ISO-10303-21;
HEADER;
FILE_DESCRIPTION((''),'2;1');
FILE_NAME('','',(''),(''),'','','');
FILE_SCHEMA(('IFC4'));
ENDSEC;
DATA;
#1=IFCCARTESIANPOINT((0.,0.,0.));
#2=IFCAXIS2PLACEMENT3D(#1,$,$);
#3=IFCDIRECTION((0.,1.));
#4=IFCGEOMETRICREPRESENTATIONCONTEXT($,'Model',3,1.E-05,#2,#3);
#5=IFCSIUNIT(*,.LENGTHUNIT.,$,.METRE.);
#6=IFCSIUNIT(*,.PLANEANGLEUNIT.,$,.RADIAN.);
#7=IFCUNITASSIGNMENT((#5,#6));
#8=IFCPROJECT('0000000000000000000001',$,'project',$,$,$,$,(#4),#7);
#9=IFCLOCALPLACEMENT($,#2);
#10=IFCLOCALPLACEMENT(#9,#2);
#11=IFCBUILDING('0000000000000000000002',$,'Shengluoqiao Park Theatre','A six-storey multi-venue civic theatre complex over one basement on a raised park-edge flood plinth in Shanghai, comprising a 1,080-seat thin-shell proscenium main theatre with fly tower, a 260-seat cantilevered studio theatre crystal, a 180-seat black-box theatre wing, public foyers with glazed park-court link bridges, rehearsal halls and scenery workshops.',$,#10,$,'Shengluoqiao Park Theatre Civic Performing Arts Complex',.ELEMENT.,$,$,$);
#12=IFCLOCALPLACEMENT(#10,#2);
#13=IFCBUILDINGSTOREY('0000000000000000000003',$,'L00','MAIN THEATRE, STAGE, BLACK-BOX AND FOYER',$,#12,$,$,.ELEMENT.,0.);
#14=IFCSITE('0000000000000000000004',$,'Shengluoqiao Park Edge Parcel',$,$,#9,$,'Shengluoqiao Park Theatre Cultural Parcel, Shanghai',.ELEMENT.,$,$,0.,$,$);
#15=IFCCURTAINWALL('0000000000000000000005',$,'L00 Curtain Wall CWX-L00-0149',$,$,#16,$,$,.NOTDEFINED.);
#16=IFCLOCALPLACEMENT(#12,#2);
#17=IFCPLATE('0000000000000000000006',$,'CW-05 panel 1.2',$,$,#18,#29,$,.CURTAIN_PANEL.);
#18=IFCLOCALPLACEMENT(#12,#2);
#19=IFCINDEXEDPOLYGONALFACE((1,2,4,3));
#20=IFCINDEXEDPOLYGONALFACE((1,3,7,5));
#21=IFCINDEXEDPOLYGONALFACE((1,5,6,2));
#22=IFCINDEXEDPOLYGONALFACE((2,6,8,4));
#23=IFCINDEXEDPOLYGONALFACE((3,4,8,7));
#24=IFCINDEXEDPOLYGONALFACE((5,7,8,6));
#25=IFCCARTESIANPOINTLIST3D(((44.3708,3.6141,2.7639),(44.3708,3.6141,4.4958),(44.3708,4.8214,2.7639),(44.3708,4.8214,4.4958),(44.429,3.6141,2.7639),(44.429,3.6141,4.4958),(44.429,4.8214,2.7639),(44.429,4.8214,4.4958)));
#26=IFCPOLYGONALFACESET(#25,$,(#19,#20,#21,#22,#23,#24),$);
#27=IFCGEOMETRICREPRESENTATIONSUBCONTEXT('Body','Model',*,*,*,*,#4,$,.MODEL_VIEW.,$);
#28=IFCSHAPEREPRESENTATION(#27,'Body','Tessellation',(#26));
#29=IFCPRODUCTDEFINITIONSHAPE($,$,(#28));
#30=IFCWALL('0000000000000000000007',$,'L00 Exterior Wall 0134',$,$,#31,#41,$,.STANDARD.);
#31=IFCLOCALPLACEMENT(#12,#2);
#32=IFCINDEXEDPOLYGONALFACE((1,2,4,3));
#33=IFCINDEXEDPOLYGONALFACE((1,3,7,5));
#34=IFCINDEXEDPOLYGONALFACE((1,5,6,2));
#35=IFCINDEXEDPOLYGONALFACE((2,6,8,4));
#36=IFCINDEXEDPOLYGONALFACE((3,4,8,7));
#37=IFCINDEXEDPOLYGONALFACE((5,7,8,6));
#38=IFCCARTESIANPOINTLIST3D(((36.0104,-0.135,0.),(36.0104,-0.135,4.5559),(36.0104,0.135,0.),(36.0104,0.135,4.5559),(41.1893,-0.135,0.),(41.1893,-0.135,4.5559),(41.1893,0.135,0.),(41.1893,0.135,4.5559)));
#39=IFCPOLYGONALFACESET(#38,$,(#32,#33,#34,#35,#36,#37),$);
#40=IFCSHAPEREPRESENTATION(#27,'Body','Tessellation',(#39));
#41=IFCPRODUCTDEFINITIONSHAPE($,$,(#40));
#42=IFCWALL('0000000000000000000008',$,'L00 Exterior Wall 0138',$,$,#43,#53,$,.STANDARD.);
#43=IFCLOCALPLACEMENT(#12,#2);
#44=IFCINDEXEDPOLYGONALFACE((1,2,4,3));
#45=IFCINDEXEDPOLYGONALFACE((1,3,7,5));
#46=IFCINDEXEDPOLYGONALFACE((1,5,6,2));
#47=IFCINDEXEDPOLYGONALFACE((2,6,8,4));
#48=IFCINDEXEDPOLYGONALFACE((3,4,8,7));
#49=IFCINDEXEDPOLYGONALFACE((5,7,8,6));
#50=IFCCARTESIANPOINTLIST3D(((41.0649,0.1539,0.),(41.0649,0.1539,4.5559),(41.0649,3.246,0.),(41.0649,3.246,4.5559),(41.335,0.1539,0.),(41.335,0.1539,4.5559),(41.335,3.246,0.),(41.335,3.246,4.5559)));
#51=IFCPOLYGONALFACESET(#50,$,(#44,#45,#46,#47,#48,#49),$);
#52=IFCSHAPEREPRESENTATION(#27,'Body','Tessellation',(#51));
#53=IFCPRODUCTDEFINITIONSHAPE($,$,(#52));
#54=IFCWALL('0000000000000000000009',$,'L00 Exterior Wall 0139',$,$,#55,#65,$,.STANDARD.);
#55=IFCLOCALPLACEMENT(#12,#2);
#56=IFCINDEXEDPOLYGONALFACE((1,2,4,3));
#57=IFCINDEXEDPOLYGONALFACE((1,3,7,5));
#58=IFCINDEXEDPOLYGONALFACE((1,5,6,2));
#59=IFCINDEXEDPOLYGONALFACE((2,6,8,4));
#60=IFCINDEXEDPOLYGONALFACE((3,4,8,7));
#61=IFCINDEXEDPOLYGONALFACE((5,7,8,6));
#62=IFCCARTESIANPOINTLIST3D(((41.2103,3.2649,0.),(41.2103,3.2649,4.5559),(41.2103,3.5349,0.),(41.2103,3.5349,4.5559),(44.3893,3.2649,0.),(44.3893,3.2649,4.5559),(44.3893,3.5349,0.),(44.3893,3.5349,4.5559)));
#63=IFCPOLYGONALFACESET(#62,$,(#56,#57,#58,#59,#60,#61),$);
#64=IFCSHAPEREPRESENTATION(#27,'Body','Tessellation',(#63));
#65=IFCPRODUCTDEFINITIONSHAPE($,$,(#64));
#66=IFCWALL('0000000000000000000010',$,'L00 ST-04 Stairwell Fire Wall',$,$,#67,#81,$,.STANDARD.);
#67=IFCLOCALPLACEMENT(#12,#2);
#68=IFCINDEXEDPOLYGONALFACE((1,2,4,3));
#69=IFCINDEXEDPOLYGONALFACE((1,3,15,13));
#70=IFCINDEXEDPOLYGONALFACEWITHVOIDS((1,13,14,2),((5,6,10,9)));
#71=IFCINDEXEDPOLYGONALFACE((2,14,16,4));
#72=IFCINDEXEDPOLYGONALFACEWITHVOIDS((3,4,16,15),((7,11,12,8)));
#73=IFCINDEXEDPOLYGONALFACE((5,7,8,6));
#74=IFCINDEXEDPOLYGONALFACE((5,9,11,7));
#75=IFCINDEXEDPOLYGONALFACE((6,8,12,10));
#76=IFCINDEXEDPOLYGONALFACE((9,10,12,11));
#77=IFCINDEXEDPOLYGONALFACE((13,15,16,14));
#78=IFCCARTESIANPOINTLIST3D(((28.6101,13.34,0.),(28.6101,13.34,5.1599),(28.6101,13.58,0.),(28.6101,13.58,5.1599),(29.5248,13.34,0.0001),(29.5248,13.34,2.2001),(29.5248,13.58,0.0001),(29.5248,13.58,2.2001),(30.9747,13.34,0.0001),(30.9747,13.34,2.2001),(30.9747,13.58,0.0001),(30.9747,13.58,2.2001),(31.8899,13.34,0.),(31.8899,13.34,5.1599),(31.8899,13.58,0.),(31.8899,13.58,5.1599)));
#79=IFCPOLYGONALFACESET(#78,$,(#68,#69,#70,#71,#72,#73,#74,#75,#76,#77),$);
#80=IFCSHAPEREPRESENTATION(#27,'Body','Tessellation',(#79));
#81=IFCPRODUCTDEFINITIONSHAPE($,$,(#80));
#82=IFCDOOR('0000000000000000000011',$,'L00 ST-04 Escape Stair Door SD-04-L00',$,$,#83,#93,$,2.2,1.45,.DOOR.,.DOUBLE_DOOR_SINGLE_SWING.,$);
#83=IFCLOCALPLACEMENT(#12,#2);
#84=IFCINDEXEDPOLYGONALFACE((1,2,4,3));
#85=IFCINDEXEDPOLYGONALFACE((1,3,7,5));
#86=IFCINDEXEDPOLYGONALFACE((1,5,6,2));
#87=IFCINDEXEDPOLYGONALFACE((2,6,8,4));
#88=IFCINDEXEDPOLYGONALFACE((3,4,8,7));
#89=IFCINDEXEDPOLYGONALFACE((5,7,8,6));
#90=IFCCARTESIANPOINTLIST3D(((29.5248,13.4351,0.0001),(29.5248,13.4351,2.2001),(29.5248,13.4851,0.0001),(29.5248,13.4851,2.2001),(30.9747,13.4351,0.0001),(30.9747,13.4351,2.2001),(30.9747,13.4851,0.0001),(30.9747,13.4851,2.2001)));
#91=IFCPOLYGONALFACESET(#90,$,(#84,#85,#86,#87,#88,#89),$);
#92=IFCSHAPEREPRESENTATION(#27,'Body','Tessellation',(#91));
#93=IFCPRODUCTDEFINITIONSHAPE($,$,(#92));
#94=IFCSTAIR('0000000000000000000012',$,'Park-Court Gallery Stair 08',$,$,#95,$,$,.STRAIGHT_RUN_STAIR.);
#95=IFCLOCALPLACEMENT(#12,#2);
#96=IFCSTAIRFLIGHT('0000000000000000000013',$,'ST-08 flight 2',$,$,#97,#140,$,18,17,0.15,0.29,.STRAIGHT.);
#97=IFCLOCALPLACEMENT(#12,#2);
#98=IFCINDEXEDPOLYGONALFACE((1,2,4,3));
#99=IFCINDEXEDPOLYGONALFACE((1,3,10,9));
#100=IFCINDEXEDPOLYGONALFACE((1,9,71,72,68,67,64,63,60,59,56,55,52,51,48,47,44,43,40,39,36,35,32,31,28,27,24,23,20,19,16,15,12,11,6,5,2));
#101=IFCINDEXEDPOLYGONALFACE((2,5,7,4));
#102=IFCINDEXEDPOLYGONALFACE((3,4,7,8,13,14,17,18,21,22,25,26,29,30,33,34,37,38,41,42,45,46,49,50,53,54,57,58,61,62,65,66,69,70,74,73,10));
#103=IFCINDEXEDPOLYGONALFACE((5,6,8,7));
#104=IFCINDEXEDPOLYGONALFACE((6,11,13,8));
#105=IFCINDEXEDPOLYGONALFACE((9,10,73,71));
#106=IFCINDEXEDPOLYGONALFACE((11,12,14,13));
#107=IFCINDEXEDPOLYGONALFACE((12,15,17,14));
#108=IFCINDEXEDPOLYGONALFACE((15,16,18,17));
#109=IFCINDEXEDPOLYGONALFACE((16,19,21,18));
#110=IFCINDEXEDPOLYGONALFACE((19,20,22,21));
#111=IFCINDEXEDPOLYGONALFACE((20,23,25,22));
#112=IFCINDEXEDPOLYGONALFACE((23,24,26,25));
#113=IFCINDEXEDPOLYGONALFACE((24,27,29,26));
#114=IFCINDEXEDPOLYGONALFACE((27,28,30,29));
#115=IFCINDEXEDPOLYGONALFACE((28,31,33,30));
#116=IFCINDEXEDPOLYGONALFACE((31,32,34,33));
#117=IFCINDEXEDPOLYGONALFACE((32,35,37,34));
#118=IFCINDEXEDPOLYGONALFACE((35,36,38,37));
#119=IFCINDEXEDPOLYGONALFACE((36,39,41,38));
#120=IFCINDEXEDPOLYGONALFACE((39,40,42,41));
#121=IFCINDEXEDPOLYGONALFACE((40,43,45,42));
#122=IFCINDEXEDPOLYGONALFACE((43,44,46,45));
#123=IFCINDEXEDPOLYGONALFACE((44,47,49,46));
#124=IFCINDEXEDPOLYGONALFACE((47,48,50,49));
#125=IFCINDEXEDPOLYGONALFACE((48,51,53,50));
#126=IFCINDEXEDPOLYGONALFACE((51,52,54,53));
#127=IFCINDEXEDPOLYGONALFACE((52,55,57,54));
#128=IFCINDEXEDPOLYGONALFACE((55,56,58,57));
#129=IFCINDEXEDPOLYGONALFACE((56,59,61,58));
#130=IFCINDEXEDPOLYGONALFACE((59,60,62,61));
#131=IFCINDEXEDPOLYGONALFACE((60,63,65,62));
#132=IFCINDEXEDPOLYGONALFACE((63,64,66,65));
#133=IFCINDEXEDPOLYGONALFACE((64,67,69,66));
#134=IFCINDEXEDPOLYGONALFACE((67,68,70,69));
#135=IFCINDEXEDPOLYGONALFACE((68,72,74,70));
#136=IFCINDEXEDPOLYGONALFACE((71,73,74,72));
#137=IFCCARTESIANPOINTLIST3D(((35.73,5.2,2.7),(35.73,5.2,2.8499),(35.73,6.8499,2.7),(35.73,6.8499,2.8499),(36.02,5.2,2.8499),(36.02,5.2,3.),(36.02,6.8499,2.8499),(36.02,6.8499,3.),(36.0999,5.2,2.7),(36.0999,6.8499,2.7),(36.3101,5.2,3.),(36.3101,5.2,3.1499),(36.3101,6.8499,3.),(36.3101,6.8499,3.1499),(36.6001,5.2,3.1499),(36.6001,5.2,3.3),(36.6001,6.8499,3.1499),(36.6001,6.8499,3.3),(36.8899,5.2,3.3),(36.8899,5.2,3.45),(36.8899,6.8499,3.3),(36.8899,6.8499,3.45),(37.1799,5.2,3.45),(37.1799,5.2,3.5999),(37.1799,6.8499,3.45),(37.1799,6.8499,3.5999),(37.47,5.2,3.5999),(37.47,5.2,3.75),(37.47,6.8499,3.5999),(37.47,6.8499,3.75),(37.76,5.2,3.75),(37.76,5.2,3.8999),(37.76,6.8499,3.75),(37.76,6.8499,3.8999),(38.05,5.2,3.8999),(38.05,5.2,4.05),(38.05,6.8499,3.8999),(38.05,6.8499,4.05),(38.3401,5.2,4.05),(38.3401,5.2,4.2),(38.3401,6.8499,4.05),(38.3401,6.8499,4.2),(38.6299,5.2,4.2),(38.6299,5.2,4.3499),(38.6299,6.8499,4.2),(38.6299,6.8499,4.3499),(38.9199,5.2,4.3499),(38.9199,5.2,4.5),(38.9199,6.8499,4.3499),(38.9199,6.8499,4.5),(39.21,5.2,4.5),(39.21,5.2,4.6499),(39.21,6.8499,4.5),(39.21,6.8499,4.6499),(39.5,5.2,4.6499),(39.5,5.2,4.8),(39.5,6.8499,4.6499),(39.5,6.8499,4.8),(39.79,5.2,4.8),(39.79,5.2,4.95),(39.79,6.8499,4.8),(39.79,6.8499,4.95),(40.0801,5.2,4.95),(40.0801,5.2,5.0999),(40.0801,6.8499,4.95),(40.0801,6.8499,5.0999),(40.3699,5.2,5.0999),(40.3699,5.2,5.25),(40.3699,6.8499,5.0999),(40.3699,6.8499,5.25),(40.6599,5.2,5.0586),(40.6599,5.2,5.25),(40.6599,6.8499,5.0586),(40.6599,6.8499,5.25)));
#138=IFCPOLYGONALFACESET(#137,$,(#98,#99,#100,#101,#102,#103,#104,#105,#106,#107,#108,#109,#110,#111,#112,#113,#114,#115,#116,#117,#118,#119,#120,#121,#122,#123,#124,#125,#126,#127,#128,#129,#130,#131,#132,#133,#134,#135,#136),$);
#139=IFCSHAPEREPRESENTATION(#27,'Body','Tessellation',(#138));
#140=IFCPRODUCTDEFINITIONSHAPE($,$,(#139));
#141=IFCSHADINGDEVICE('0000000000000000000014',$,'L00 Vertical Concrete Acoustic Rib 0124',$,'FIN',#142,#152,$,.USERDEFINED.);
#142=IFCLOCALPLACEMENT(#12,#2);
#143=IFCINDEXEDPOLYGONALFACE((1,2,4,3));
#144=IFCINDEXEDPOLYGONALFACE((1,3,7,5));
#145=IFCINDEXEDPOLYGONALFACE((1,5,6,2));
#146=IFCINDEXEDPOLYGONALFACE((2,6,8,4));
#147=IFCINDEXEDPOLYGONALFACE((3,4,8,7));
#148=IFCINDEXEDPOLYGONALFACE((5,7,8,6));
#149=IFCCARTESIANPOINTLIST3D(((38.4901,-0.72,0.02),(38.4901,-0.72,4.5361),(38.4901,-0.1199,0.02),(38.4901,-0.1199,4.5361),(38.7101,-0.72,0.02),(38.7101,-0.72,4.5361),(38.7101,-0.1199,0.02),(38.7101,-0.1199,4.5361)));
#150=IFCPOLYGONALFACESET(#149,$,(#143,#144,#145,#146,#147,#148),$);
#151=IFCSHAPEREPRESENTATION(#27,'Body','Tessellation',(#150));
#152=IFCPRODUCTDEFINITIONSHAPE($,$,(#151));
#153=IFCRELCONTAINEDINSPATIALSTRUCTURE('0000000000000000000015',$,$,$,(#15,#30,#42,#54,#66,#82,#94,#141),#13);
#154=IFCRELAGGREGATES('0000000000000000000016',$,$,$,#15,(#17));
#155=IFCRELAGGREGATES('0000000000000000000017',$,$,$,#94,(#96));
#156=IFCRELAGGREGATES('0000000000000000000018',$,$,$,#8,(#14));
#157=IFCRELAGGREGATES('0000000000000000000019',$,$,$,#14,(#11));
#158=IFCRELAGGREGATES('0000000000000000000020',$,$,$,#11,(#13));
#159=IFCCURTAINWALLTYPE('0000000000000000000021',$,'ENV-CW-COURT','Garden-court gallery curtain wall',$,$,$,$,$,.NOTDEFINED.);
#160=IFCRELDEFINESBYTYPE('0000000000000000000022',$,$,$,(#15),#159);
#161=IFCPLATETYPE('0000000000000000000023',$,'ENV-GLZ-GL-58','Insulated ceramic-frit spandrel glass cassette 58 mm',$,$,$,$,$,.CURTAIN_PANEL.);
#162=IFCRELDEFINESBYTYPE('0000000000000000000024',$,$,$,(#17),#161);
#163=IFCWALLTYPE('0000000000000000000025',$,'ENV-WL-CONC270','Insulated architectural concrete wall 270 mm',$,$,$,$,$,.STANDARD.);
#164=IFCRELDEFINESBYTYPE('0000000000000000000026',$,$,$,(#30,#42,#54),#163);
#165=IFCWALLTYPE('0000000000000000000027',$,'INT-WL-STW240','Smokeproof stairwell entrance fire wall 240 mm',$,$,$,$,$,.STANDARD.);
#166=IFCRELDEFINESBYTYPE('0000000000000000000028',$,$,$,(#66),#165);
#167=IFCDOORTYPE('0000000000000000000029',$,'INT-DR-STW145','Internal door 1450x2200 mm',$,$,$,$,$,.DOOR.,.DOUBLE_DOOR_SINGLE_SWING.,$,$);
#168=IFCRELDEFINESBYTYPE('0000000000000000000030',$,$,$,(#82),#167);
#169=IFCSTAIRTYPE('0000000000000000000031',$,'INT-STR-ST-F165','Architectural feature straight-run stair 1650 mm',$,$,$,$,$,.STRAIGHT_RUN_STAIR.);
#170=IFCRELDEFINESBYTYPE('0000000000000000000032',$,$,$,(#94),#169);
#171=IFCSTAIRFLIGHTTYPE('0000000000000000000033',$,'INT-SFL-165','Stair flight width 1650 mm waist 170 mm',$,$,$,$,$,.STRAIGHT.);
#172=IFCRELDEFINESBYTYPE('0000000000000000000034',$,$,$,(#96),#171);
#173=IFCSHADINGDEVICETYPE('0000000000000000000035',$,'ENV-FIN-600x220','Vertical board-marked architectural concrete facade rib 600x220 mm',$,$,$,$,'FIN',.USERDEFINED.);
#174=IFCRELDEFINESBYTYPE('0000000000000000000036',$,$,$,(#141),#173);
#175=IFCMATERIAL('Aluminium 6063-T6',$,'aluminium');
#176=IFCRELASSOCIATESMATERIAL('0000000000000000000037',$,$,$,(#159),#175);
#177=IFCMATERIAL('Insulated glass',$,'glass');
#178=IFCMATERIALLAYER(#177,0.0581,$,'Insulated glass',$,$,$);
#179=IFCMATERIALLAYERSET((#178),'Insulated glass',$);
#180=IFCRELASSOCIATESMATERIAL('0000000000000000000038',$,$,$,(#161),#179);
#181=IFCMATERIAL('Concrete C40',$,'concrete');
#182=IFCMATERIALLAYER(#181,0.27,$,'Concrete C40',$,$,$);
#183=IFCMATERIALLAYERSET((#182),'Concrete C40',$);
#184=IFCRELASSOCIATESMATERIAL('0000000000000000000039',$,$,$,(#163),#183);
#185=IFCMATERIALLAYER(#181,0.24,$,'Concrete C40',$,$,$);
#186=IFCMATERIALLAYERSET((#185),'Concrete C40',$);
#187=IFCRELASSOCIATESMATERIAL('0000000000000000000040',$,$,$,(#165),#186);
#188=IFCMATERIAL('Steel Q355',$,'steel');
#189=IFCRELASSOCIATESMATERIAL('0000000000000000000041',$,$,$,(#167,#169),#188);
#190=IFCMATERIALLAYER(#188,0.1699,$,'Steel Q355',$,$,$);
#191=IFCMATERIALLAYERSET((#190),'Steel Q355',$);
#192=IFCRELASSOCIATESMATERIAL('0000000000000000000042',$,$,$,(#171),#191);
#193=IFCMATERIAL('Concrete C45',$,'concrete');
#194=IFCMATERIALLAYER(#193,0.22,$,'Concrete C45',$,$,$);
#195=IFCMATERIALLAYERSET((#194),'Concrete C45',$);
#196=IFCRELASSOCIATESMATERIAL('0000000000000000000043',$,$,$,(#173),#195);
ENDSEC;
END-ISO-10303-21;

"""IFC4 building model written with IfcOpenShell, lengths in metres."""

from ifc_helpers import new_model, si_unit, direction, frame, frame_2d, origin, origin_2d, place, context, subcontext, project, spatial, polyline, rectangle, outline, extrude, material, layer, layer_set, type_object, element, fill, aggregate, save


model = new_model("IFC4")

# Units and contexts
model_context = context("Model", 3, precision=1e-05, world=origin(), true_north=direction((0.0, 1.0)))
body_context = subcontext(model_context, "Body", "Model", "MODEL_VIEW")
ifc_project = project(units=[si_unit("LENGTHUNIT", "METRE"), si_unit("PLANEANGLEUNIT", "RADIAN")], contexts=[model_context])

# Site, building, storey
site_placement = place(None, origin())
site = spatial("IfcSite", under=ifc_project, at=site_placement, Name="Shengluoqiao Park Edge Parcel", LongName="Shengluoqiao Park Theatre Cultural Parcel, Shanghai", CompositionType="ELEMENT", RefElevation=0.0)
building_placement = place(site_placement, origin())
building = spatial("IfcBuilding", under=site, at=building_placement, Name="Shengluoqiao Park Theatre", Description="A six-storey multi-venue civic theatre complex over one basement on a raised park-edge flood plinth in Shanghai, comprising a 1,080-seat thin-shell proscenium main theatre with fly tower, a 260-seat cantilevered studio theatre crystal, a 180-seat black-box theatre wing, public foyers with glazed park-court link bridges, rehearsal halls and scenery workshops.", LongName="Shengluoqiao Park Theatre Civic Performing Arts Complex", CompositionType="ELEMENT")
storey_placement = place(building_placement, origin())
storey = spatial("IfcBuildingStorey", under=building, at=storey_placement, Name="L00", Description="MAIN THEATRE, STAGE, BLACK-BOX AND FOYER", CompositionType="ELEMENT", Elevation=0.0)

# Shared definitions
ifc_material_1 = material(Name="Steel Q355", Category="steel")

# Curtain wall
ifc_material_2 = material(Name="Aluminium 6063-T6", Category="aluminium")
curtain_wall_type = type_object("IfcCurtainWallType", Name="ENV-CW-COURT", Description="Garden-court gallery curtain wall", PredefinedType="NOTDEFINED", material=ifc_material_2)
curtain_wall_placement = place(storey_placement, origin())
curtain_wall = element("IfcCurtainWall", 1, at=curtain_wall_placement, inside=storey, type_object=curtain_wall_type, Name="L00 Curtain Wall CWX-L00-0149", PredefinedType="NOTDEFINED")

# Plate
ifc_material_3 = material(Name="Insulated glass", Category="glass")
ifc_layer_1 = layer(ifc_material_3, 0.0581, Name="Insulated glass")
ifc_layer_set_1 = layer_set([ifc_layer_1], Name="Insulated glass")
plate_type = type_object("IfcPlateType", Name="ENV-GLZ-GL-58", Description="Insulated ceramic-frit spandrel glass cassette 58 mm", PredefinedType="CURTAIN_PANEL", material=ifc_layer_set_1)
plate_1_placement = place(storey_placement, frame((44.3999, 4.2178, 2.7639), z_axis=(0.0, 0.0, 1.0), x_axis=(0.0, 1.0, 0.0)))
plate_1 = element("IfcPlate", 2, at=plate_1_placement, type_object=plate_type, Name="CW-05 panel 1.2", PredefinedType="CURTAIN_PANEL", context=body_context, shape_type="SweptSolid", body=[
    extrude(rectangle(XDim=1.2073, YDim=0.0581, at=origin_2d()), origin(), (0.0, 0.0, 1.0), 1.7319),
])
aggregate(curtain_wall, [plate_1])

# Walls
ifc_material_4 = material(Name="Concrete C40", Category="concrete")
ifc_layer_2 = layer(ifc_material_4, 0.27, Name="Concrete C40")
ifc_layer_set_2 = layer_set([ifc_layer_2], Name="Concrete C40")
wall_type_1 = type_object("IfcWallType", Name="ENV-WL-CONC270", Description="Insulated architectural concrete wall 270 mm", PredefinedType="STANDARD", material=ifc_layer_set_2)
wall_1_placement = place(storey_placement, frame((36.0105, 0.0, 0.0), z_axis=(0.0, 0.0, 1.0), x_axis=(1.0, 0.0, 0.0)))
element("IfcWall", 3, at=wall_1_placement, inside=storey, type_object=wall_type_1, Name="L00 Exterior Wall 0134", PredefinedType="STANDARD", context=body_context, shape_type="SweptSolid", body=[
    extrude(rectangle(XDim=5.179, YDim=0.27, at=frame_2d((2.5894, 0.0))), origin(), (0.0, 0.0, 1.0), 4.5559),
])
wall_2_placement = place(storey_placement, frame((41.2, 0.1541, 0.0), z_axis=(0.0, 0.0, 1.0), x_axis=(0.0, 1.0, 0.0)))
element("IfcWall", 4, at=wall_2_placement, inside=storey, type_object=wall_type_1, Name="L00 Exterior Wall 0138", PredefinedType="STANDARD", context=body_context, shape_type="SweptSolid", body=[
    extrude(rectangle(XDim=3.092, YDim=0.27, at=frame_2d((1.5459, 0.0))), origin(), (0.0, 0.0, 1.0), 4.5559),
])
wall_3_placement = place(storey_placement, frame((41.2104, 3.3999, 0.0), z_axis=(0.0, 0.0, 1.0), x_axis=(1.0, 0.0, 0.0)))
element("IfcWall", 5, at=wall_3_placement, inside=storey, type_object=wall_type_1, Name="L00 Exterior Wall 0139", PredefinedType="STANDARD", context=body_context, shape_type="SweptSolid", body=[
    extrude(rectangle(XDim=3.179, YDim=0.27, at=frame_2d((1.5894, 0.0))), origin(), (0.0, 0.0, 1.0), 4.5559),
])

# Wall, opening, door
ifc_layer_3 = layer(ifc_material_4, 0.24, Name="Concrete C40")
ifc_layer_set_3 = layer_set([ifc_layer_3], Name="Concrete C40")
wall_type_2 = type_object("IfcWallType", Name="INT-WL-STW240", Description="Smokeproof stairwell entrance fire wall 240 mm", PredefinedType="STANDARD", material=ifc_layer_set_3)
wall_4_placement = place(storey_placement, frame((31.8899, 13.46, 0.0), z_axis=(0.0, 0.0, 1.0), x_axis=(-1.0, 0.0, 0.0)))
wall_4 = element("IfcWall", 6, at=wall_4_placement, inside=storey, type_object=wall_type_2, Name="L00 ST-04 Stairwell Fire Wall", PredefinedType="STANDARD", context=body_context, shape_type="SweptSolid", body=[
    extrude(rectangle(XDim=3.2798, YDim=0.24, at=frame_2d((1.6399, 0.0))), origin(), (0.0, 0.0, 1.0), 5.1599),
])
opening_placement = place(wall_4_placement, frame((0.915, 0.0, 0.0)))
opening = element("IfcOpeningElement", 7, at=opening_placement, cuts=wall_4, PredefinedType="OPENING", context=body_context, shape_type="SweptSolid", body=[
    extrude(rectangle(XDim=1.45, YDim=2.2, at=frame_2d((0.7251, 1.1001))), frame((0.0, 0.1299, 0.0), z_axis=(0.0, -1.0, 0.0), x_axis=(1.0, 0.0, 0.0)), (0.0, 0.0, 1.0), 0.26),
])
door_type = type_object("IfcDoorType", Name="INT-DR-STW145", Description="Internal door 1450x2200 mm", OperationType="DOUBLE_DOOR_SINGLE_SWING", PredefinedType="DOOR", material=ifc_material_1)
door_placement = place(opening_placement, origin())
door = element("IfcDoor", 8, at=door_placement, inside=storey, type_object=door_type, Name="L00 ST-04 Escape Stair Door SD-04-L00", OperationType="DOUBLE_DOOR_SINGLE_SWING", OverallHeight=2.2, OverallWidth=1.45, PredefinedType="DOOR", context=body_context, shape_type="SweptSolid", body=[
    extrude(rectangle(XDim=1.45, YDim=2.2, at=frame_2d((0.7251, 1.1001))), frame((0.0, 0.0249, 0.0), z_axis=(0.0, -1.0, 0.0), x_axis=(1.0, 0.0, 0.0)), (0.0, 0.0, 1.0), 0.05),
])
fill(opening, door)

# Stair, stair flight
stair_type = type_object("IfcStairType", Name="INT-STR-ST-F165", Description="Architectural feature straight-run stair 1650 mm", PredefinedType="STRAIGHT_RUN_STAIR", material=ifc_material_1)
stair_placement = place(storey_placement, origin())
stair = element("IfcStair", 9, at=stair_placement, inside=storey, type_object=stair_type, Name="Park-Court Gallery Stair 08", PredefinedType="STRAIGHT_RUN_STAIR")
ifc_layer_4 = layer(ifc_material_1, 0.1699, Name="Steel Q355")
ifc_layer_set_4 = layer_set([ifc_layer_4], Name="Steel Q355")
stair_flight_type = type_object("IfcStairFlightType", Name="INT-SFL-165", Description="Stair flight width 1650 mm waist 170 mm", PredefinedType="STRAIGHT", material=ifc_layer_set_4)
stair_flight_placement = place(storey_placement, frame((35.73, 6.0249, 2.7), z_axis=(0.0, 0.0, 1.0), x_axis=(1.0, 0.0, 0.0)))
stair_flight = element("IfcStairFlight", 10, at=stair_flight_placement, type_object=stair_flight_type, Name="ST-08 flight 2", NumberOfRisers=18, NumberOfTreads=17, PredefinedType="STRAIGHT", RiserHeight=0.15, TreadLength=0.29, context=body_context, shape_type="SweptSolid", body=[
    extrude(outline(polyline([(0.0, 0.0), (0.0, 0.1499), (0.29, 0.1499), (0.29, 0.3), (0.5801, 0.3), (0.5801, 0.45), (0.8701, 0.45), (0.8701, 0.6001), (1.1599, 0.6001), (1.1599, 0.75), (1.45, 0.75), (1.45, 0.8999), (1.74, 0.8999), (1.74, 1.05), (2.03, 1.05), (2.03, 1.2), (2.3201, 1.2), (2.3201, 1.3501), (2.6101, 1.3501), (2.6101, 1.5), (2.8999, 1.5), (2.8999, 1.6499), (3.1899, 1.6499), (3.1899, 1.8), (3.48, 1.8), (3.48, 1.95), (3.77, 1.95), (3.77, 2.1001), (4.0601, 2.1001), (4.0601, 2.25), (4.3501, 2.25), (4.3501, 2.3999), (4.6399, 2.3999), (4.6399, 2.55), (4.9299, 2.55), (4.9299, 2.7), (4.9299, 2.3586), (0.3699, 0.0), (0.0, 0.0)])), frame((0.0, 0.825, 0.0), z_axis=(0.0, -1.0, 0.0), x_axis=(1.0, 0.0, 0.0)), (0.0, 0.0, 1.0), 1.6499),
])
aggregate(stair, [stair_flight])

# Shading device
ifc_material_5 = material(Name="Concrete C45", Category="concrete")
ifc_layer_5 = layer(ifc_material_5, 0.22, Name="Concrete C45")
ifc_layer_set_5 = layer_set([ifc_layer_5], Name="Concrete C45")
shading_device_type = type_object("IfcShadingDeviceType", Name="ENV-FIN-600x220", Description="Vertical board-marked architectural concrete facade rib 600x220 mm", ElementType="FIN", PredefinedType="USERDEFINED", material=ifc_layer_set_5)
shading_device_placement = place(storey_placement, frame((38.6001, -0.4199, 0.02), z_axis=(0.0, 0.0, 1.0), x_axis=(0.0, -1.0, 0.0)))
element("IfcShadingDevice", 11, at=shading_device_placement, inside=storey, type_object=shading_device_type, Name="L00 Vertical Concrete Acoustic Rib 0124", ObjectType="FIN", PredefinedType="USERDEFINED", context=body_context, shape_type="SweptSolid", body=[
    extrude(rectangle(XDim=0.6001, YDim=0.22, at=origin_2d()), origin(), (0.0, 0.0, 1.0), 4.5161),
])

save(model, "model.ifc")
